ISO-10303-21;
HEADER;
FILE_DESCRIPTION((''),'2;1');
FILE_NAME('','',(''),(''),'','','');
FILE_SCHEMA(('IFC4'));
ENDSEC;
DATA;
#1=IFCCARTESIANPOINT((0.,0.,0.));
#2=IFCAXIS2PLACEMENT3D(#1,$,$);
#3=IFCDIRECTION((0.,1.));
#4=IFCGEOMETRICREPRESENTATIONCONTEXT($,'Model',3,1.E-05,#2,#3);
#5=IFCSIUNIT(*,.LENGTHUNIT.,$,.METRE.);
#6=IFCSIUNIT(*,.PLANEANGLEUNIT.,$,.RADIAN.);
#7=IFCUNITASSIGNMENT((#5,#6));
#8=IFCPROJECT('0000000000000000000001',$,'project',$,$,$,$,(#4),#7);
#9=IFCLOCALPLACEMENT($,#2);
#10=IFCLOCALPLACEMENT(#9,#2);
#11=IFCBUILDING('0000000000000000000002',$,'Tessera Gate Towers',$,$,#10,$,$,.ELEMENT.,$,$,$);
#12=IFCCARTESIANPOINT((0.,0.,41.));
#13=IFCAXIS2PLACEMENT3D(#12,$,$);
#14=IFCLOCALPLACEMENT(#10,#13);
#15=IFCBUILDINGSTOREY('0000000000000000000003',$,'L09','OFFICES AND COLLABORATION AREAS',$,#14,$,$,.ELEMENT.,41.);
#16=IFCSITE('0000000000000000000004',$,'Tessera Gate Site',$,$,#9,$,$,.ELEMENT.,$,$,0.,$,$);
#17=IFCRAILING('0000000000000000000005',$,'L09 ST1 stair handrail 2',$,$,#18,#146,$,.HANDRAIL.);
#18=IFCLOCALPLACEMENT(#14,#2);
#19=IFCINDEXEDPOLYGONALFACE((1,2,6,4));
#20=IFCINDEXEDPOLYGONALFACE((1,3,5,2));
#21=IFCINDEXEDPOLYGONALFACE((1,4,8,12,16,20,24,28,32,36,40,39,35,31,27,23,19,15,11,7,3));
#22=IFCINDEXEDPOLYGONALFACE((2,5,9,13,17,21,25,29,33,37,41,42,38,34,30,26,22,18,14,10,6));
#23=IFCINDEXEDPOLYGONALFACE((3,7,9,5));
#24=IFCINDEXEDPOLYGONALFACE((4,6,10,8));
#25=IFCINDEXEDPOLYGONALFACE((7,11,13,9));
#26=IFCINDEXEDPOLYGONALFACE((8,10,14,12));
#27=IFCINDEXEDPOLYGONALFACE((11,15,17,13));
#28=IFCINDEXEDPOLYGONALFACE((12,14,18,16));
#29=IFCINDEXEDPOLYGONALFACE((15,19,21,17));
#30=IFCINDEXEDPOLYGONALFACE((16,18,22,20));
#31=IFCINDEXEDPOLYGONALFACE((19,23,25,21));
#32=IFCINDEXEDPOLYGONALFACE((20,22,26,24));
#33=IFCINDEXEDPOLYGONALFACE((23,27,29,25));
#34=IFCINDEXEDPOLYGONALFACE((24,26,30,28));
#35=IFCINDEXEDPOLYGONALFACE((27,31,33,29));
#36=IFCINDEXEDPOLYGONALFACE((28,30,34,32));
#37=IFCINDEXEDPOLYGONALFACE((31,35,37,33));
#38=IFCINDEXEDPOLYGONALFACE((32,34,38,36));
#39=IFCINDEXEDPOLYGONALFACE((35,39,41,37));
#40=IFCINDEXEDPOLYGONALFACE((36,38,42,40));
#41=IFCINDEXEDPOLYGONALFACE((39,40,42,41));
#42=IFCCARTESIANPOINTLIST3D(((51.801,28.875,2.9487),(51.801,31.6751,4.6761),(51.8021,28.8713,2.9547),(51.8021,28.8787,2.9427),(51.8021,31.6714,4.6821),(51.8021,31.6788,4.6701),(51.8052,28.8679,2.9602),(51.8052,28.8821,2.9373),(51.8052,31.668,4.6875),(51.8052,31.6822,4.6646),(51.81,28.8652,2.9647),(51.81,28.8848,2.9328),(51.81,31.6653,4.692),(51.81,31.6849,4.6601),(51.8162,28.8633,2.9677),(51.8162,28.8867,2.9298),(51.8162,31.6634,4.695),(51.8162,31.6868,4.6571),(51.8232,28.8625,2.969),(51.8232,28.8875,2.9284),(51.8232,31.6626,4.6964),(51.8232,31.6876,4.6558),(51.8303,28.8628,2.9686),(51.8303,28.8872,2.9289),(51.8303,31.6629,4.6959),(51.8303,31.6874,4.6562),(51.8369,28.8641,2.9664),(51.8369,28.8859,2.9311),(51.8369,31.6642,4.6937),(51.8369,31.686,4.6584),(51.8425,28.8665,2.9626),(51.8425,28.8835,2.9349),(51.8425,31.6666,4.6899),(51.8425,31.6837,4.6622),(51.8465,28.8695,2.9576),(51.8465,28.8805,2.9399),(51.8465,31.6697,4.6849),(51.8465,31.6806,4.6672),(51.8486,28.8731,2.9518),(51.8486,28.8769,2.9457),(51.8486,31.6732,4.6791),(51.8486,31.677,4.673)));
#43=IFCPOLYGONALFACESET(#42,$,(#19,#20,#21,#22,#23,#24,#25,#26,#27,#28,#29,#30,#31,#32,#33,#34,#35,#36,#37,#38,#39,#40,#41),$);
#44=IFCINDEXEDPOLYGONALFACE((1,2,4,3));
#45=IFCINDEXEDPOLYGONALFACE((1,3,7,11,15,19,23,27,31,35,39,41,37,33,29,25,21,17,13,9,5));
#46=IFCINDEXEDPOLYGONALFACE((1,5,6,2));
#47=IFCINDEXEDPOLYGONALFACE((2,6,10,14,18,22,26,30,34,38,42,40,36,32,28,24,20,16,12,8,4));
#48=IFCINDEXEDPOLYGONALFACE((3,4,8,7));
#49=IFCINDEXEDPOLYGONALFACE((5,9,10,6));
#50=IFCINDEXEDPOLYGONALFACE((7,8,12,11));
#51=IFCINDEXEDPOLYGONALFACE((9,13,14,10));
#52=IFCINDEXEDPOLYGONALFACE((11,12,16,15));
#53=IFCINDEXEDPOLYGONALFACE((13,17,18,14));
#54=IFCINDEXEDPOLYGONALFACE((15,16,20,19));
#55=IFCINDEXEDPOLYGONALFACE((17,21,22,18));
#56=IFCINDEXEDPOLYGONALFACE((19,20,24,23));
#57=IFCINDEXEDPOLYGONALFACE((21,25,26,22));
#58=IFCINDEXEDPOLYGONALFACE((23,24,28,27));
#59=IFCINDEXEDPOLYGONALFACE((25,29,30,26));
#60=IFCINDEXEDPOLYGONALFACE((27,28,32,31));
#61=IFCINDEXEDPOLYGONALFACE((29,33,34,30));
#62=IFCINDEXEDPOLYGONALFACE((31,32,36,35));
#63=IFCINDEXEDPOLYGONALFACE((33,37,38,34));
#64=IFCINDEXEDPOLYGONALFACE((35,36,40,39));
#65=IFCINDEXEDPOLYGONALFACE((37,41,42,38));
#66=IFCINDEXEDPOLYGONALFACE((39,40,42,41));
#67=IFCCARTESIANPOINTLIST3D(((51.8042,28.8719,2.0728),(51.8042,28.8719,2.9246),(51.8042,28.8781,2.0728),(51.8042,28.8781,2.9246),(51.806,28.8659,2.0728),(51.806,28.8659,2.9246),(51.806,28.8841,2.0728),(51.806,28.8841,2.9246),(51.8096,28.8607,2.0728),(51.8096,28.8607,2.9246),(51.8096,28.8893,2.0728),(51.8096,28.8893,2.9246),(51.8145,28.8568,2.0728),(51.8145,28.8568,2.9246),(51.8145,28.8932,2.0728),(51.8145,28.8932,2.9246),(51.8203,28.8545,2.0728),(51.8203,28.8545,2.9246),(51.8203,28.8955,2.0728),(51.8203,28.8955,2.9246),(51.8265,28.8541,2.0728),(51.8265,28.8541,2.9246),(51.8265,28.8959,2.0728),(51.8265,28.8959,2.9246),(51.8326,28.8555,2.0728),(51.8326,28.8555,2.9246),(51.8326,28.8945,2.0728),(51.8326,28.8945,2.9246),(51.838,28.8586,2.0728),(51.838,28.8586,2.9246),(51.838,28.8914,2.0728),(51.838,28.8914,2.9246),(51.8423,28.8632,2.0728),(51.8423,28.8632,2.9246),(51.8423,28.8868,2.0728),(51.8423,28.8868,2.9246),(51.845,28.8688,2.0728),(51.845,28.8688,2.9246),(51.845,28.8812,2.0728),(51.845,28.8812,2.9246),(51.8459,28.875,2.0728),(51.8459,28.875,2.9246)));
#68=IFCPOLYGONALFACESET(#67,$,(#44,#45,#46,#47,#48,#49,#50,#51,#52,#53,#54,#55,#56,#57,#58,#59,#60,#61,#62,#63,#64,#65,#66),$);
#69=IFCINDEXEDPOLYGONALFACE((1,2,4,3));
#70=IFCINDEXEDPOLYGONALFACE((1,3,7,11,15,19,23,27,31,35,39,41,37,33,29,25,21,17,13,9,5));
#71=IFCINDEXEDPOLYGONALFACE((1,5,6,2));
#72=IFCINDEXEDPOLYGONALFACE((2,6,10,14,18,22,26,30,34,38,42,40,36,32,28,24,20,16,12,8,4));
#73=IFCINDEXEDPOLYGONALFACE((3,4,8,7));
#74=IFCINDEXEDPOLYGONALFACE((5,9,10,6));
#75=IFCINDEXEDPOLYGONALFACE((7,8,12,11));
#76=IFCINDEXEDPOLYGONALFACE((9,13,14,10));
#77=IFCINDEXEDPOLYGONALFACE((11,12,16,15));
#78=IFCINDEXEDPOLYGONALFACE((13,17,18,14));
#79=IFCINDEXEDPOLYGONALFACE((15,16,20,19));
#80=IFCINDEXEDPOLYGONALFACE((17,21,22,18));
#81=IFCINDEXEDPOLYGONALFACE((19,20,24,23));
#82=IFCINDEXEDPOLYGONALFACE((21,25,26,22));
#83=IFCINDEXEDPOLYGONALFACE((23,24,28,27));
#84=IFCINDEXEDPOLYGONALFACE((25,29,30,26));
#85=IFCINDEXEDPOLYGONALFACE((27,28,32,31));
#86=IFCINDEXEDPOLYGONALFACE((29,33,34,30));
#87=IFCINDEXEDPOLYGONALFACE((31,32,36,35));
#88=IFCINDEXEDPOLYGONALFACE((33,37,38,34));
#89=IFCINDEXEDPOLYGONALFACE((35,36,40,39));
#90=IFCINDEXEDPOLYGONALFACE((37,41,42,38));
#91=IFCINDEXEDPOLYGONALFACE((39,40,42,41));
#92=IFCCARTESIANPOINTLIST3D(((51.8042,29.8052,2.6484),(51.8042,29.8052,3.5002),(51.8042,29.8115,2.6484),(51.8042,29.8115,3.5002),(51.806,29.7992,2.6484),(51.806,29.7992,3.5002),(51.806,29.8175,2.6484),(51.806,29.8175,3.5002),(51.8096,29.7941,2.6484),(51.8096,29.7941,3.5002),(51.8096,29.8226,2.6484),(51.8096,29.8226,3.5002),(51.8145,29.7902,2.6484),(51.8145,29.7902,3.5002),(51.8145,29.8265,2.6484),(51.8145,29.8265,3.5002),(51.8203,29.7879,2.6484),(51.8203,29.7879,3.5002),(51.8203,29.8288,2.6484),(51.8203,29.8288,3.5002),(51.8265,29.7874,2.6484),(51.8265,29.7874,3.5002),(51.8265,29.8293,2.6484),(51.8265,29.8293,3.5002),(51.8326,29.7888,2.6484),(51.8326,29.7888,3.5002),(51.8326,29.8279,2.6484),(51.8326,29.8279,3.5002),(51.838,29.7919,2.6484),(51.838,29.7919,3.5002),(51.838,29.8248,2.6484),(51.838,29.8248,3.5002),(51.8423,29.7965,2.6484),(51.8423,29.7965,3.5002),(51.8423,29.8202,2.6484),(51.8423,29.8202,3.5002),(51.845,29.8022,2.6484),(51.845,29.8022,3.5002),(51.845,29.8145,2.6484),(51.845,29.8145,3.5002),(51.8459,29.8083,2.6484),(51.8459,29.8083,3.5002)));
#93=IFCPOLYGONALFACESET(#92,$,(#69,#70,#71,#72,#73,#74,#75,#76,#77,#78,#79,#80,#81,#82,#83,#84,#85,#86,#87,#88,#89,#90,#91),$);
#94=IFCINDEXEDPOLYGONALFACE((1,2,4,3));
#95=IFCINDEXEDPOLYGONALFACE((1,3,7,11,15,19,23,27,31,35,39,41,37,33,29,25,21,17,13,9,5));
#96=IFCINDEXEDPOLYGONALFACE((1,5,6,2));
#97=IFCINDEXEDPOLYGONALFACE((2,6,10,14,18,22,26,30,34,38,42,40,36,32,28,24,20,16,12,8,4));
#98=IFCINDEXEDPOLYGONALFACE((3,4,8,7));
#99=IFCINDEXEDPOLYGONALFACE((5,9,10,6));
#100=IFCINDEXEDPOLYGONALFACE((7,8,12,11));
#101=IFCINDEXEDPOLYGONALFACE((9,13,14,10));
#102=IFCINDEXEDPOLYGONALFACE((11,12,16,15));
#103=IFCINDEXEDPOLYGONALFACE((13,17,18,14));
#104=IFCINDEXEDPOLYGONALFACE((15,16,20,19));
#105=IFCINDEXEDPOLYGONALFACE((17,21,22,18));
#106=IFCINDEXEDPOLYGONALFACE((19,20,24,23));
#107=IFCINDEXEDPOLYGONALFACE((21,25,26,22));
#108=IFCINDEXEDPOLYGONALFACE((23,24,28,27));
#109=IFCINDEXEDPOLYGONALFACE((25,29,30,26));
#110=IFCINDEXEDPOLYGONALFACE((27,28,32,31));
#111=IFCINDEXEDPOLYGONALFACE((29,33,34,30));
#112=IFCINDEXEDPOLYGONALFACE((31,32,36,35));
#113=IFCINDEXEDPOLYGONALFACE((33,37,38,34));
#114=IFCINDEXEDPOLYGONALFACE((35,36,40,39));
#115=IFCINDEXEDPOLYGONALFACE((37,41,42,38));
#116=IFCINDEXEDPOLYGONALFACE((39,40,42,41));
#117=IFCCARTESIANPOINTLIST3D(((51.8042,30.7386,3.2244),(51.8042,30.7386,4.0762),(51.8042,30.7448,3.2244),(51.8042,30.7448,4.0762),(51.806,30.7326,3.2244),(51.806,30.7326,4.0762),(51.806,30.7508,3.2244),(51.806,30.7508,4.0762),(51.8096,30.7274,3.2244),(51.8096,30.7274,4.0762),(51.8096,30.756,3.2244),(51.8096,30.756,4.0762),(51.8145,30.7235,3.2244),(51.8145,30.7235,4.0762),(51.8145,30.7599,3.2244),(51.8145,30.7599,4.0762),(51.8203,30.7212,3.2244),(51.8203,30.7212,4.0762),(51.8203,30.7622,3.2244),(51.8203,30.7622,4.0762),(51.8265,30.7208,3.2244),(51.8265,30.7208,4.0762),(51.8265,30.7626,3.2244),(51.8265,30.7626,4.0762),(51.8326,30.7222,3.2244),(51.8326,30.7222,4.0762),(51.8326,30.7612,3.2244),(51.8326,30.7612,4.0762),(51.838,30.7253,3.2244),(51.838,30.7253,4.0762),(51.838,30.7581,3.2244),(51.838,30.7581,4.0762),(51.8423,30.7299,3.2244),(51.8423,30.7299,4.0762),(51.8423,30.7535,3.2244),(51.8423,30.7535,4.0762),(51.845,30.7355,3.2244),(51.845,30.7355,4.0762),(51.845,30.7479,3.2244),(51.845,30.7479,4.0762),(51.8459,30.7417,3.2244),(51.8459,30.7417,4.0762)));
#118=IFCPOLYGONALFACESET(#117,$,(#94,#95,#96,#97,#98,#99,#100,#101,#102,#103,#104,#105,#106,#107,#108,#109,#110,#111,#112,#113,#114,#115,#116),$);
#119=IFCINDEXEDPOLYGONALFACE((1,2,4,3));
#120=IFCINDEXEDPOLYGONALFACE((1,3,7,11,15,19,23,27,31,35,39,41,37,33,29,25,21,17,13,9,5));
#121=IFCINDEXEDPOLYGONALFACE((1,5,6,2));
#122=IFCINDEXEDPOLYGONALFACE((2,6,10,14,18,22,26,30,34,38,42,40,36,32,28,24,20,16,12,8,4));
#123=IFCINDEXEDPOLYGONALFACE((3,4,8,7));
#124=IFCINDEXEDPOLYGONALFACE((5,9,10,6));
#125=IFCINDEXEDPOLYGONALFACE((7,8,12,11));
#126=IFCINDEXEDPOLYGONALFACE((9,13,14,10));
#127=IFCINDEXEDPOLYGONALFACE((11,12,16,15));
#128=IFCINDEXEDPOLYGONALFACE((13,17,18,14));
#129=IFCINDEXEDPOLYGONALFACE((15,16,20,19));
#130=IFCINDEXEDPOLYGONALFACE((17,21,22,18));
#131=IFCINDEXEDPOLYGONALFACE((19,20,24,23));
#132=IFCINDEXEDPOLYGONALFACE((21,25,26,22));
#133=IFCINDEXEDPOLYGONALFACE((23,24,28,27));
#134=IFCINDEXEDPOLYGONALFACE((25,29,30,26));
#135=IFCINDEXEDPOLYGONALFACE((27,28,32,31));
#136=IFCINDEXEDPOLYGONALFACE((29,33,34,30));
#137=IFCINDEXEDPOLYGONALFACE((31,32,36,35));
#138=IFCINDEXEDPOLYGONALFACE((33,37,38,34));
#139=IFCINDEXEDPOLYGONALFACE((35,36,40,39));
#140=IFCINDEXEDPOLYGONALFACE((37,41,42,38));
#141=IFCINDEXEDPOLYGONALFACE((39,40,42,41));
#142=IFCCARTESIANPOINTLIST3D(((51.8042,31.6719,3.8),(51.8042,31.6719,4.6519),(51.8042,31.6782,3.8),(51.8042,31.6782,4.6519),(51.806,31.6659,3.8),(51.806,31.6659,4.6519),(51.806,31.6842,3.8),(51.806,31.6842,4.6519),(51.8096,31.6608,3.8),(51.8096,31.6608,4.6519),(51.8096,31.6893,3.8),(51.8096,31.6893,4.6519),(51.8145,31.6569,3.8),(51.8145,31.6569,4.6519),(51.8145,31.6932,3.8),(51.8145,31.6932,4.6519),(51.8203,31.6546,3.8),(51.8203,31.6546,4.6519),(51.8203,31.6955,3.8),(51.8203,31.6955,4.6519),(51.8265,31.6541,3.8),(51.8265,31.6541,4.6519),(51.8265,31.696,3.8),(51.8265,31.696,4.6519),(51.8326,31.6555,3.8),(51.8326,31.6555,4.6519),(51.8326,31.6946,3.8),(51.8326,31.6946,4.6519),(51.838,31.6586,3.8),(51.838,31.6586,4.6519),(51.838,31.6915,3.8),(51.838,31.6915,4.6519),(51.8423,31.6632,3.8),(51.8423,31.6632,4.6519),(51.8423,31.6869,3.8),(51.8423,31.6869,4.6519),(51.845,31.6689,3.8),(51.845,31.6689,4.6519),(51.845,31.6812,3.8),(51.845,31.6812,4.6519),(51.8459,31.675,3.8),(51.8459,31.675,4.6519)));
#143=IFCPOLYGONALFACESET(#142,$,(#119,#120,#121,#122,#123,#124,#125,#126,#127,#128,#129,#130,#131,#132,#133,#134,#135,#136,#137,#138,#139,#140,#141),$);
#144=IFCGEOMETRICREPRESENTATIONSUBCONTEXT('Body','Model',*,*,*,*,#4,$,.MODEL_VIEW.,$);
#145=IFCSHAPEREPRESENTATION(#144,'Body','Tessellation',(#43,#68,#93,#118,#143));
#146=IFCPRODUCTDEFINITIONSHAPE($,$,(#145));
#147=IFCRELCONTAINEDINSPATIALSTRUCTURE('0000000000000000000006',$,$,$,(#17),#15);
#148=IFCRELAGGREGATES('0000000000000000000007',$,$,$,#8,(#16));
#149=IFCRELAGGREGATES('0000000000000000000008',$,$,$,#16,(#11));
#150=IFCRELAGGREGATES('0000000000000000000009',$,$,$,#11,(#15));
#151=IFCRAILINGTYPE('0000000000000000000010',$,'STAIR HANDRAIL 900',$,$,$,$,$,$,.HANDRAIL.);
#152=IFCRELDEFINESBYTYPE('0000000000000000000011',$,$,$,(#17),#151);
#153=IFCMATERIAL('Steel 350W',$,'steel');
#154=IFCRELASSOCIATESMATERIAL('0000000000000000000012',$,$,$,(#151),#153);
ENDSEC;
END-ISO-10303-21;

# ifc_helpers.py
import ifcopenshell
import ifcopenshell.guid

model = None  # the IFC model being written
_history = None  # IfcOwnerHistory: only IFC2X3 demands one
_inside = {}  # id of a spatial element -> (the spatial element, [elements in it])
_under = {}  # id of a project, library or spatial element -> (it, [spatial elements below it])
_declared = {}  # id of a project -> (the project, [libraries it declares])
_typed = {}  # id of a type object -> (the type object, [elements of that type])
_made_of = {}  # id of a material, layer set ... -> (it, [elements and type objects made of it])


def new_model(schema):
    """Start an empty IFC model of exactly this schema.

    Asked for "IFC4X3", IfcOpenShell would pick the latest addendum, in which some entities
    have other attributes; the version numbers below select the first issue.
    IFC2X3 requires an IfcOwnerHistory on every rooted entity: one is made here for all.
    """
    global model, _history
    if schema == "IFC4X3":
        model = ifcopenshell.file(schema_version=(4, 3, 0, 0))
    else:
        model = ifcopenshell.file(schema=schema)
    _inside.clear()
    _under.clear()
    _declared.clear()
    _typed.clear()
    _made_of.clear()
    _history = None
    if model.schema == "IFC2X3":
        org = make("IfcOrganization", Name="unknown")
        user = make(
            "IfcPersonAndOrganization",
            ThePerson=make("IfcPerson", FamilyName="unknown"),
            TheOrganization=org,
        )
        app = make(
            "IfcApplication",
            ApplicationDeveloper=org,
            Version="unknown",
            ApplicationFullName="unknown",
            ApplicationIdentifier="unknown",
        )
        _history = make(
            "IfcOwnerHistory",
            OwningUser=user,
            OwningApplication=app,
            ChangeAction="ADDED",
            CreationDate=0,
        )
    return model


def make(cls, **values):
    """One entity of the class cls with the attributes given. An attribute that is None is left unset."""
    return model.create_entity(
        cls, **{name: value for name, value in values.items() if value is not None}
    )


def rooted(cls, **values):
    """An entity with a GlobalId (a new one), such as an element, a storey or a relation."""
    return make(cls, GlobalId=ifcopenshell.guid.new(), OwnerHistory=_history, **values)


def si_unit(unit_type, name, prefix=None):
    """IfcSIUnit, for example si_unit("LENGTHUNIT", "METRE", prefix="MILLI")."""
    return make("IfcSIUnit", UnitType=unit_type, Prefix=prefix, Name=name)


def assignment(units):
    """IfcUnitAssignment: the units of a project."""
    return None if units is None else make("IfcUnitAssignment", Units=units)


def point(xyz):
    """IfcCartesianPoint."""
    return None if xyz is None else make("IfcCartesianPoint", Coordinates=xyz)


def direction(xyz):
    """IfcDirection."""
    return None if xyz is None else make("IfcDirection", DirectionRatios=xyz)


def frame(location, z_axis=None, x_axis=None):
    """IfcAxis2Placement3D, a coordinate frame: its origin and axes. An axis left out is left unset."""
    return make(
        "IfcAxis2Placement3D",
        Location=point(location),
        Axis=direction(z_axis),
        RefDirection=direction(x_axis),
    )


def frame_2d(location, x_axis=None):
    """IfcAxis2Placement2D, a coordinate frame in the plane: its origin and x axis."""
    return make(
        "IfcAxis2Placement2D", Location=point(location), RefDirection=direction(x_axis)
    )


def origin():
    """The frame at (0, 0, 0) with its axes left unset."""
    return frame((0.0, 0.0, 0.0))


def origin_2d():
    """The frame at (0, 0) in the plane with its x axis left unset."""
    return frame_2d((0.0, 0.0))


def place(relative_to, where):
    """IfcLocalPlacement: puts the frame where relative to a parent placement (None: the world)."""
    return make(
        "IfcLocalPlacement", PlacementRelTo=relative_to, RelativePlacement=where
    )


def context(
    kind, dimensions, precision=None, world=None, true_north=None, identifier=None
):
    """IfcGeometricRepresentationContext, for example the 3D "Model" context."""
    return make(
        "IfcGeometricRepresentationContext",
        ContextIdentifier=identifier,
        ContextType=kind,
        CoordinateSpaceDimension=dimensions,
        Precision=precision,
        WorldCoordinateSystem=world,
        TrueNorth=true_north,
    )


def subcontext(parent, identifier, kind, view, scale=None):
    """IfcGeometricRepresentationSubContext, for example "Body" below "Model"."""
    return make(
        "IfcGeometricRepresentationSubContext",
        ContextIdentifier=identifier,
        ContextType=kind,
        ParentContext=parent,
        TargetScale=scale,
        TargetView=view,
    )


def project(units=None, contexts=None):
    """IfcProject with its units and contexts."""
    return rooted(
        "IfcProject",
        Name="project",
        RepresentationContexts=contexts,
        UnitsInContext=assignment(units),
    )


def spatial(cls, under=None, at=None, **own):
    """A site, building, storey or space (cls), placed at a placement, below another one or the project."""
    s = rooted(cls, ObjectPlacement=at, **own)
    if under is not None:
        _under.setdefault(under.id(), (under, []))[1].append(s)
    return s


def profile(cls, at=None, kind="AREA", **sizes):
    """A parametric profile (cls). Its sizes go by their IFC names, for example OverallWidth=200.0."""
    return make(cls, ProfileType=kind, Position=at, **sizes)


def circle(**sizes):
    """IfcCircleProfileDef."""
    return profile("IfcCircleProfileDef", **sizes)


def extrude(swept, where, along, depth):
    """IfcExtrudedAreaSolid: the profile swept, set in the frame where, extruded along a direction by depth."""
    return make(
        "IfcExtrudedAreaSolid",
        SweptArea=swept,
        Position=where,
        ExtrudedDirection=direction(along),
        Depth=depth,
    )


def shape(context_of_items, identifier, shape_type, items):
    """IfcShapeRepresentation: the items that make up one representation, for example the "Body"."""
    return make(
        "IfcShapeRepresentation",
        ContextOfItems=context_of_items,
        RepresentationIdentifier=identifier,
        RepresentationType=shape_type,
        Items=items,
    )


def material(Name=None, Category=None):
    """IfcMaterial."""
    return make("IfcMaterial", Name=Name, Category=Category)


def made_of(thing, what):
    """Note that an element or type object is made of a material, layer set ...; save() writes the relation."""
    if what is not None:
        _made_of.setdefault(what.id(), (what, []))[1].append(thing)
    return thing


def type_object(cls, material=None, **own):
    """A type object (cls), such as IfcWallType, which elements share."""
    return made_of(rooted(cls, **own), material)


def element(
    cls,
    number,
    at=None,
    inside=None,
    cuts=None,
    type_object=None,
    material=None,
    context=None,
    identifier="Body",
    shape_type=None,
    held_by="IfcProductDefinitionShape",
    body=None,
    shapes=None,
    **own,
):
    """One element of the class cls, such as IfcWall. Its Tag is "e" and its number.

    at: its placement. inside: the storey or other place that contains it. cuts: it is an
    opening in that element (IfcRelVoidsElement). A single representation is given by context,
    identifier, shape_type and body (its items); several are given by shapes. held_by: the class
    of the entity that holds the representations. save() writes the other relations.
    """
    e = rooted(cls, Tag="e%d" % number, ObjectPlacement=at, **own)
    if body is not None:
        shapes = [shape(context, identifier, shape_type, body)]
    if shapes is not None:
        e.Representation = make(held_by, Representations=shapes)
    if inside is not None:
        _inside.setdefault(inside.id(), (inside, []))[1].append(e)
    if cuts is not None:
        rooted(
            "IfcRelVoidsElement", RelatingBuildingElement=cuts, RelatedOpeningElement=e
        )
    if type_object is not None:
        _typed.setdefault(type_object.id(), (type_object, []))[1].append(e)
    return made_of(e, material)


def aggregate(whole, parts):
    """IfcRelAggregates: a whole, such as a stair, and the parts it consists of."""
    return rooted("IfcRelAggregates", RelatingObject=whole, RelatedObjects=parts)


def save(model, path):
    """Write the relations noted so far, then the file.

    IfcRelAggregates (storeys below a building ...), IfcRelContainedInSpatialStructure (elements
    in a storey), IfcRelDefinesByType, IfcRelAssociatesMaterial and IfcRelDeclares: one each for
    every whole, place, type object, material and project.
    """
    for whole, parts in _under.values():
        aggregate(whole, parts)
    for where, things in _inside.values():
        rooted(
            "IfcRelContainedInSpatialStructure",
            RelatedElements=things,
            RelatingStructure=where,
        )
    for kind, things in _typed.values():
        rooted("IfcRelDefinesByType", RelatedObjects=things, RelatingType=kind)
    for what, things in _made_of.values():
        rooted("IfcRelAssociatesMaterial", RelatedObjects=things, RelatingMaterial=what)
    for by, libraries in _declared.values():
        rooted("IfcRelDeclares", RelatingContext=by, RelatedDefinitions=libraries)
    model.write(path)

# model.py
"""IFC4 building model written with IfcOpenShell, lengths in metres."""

from ifc_helpers import new_model, si_unit, direction, frame, origin, origin_2d, place, context, subcontext, project, spatial, circle, extrude, material, type_object, element, save


model = new_model("IFC4")

# Units and contexts
model_context = context("Model", 3, precision=1e-05, world=origin(), true_north=direction((0.0, 1.0)))
body_context = subcontext(model_context, "Body", "Model", "MODEL_VIEW")
ifc_project = project(units=[si_unit("LENGTHUNIT", "METRE"), si_unit("PLANEANGLEUNIT", "RADIAN")], contexts=[model_context])

# Site, building, storey
site_placement = place(None, origin())
site = spatial("IfcSite", under=ifc_project, at=site_placement, Name="Tessera Gate Site", CompositionType="ELEMENT", RefElevation=0.0)
building_placement = place(site_placement, origin())
building = spatial("IfcBuilding", under=site, at=building_placement, Name="Tessera Gate Towers", CompositionType="ELEMENT")
storey_placement = place(building_placement, frame((0.0, 0.0, 41.0)))
storey = spatial("IfcBuildingStorey", under=building, at=storey_placement, Name="L09", Description="OFFICES AND COLLABORATION AREAS", CompositionType="ELEMENT", Elevation=41.0)

# Railing
ifc_material_1 = material(Name="Steel 350W", Category="steel")
railing_type_1 = type_object("IfcRailingType", Name="STAIR HANDRAIL 900", PredefinedType="HANDRAIL", material=ifc_material_1)
railing_1_placement = place(storey_placement, frame((51.825, 28.875, 2.0728)))
element("IfcRailing", 1, at=railing_1_placement, inside=storey, type_object=railing_type_1, Name="L09 ST1 stair handrail 2", PredefinedType="HANDRAIL", context=body_context, shape_type="SweptSolid", body=[
    extrude(circle(Radius=0.0239, at=origin_2d()), frame((0.0, 0.0, 0.876), z_axis=(0.0, 0.85109, 0.52502), x_axis=(-1.0, 0.0, 0.0)), (0.0, 0.0, 1.0), 3.29),
    extrude(circle(Radius=0.021, at=origin_2d()), origin(), (0.0, 0.0, 1.0), 0.8518),
    extrude(circle(Radius=0.021, at=origin_2d()), frame((0.0, 0.9333, 0.5757)), (0.0, 0.0, 1.0), 0.8518),
    extrude(circle(Radius=0.021, at=origin_2d()), frame((0.0, 1.8667, 1.1516)), (0.0, 0.0, 1.0), 0.8518),
    extrude(circle(Radius=0.021, at=origin_2d()), frame((0.0, 2.8, 1.7273)), (0.0, 0.0, 1.0), 0.8518),
])

save(model, "model.ifc")
